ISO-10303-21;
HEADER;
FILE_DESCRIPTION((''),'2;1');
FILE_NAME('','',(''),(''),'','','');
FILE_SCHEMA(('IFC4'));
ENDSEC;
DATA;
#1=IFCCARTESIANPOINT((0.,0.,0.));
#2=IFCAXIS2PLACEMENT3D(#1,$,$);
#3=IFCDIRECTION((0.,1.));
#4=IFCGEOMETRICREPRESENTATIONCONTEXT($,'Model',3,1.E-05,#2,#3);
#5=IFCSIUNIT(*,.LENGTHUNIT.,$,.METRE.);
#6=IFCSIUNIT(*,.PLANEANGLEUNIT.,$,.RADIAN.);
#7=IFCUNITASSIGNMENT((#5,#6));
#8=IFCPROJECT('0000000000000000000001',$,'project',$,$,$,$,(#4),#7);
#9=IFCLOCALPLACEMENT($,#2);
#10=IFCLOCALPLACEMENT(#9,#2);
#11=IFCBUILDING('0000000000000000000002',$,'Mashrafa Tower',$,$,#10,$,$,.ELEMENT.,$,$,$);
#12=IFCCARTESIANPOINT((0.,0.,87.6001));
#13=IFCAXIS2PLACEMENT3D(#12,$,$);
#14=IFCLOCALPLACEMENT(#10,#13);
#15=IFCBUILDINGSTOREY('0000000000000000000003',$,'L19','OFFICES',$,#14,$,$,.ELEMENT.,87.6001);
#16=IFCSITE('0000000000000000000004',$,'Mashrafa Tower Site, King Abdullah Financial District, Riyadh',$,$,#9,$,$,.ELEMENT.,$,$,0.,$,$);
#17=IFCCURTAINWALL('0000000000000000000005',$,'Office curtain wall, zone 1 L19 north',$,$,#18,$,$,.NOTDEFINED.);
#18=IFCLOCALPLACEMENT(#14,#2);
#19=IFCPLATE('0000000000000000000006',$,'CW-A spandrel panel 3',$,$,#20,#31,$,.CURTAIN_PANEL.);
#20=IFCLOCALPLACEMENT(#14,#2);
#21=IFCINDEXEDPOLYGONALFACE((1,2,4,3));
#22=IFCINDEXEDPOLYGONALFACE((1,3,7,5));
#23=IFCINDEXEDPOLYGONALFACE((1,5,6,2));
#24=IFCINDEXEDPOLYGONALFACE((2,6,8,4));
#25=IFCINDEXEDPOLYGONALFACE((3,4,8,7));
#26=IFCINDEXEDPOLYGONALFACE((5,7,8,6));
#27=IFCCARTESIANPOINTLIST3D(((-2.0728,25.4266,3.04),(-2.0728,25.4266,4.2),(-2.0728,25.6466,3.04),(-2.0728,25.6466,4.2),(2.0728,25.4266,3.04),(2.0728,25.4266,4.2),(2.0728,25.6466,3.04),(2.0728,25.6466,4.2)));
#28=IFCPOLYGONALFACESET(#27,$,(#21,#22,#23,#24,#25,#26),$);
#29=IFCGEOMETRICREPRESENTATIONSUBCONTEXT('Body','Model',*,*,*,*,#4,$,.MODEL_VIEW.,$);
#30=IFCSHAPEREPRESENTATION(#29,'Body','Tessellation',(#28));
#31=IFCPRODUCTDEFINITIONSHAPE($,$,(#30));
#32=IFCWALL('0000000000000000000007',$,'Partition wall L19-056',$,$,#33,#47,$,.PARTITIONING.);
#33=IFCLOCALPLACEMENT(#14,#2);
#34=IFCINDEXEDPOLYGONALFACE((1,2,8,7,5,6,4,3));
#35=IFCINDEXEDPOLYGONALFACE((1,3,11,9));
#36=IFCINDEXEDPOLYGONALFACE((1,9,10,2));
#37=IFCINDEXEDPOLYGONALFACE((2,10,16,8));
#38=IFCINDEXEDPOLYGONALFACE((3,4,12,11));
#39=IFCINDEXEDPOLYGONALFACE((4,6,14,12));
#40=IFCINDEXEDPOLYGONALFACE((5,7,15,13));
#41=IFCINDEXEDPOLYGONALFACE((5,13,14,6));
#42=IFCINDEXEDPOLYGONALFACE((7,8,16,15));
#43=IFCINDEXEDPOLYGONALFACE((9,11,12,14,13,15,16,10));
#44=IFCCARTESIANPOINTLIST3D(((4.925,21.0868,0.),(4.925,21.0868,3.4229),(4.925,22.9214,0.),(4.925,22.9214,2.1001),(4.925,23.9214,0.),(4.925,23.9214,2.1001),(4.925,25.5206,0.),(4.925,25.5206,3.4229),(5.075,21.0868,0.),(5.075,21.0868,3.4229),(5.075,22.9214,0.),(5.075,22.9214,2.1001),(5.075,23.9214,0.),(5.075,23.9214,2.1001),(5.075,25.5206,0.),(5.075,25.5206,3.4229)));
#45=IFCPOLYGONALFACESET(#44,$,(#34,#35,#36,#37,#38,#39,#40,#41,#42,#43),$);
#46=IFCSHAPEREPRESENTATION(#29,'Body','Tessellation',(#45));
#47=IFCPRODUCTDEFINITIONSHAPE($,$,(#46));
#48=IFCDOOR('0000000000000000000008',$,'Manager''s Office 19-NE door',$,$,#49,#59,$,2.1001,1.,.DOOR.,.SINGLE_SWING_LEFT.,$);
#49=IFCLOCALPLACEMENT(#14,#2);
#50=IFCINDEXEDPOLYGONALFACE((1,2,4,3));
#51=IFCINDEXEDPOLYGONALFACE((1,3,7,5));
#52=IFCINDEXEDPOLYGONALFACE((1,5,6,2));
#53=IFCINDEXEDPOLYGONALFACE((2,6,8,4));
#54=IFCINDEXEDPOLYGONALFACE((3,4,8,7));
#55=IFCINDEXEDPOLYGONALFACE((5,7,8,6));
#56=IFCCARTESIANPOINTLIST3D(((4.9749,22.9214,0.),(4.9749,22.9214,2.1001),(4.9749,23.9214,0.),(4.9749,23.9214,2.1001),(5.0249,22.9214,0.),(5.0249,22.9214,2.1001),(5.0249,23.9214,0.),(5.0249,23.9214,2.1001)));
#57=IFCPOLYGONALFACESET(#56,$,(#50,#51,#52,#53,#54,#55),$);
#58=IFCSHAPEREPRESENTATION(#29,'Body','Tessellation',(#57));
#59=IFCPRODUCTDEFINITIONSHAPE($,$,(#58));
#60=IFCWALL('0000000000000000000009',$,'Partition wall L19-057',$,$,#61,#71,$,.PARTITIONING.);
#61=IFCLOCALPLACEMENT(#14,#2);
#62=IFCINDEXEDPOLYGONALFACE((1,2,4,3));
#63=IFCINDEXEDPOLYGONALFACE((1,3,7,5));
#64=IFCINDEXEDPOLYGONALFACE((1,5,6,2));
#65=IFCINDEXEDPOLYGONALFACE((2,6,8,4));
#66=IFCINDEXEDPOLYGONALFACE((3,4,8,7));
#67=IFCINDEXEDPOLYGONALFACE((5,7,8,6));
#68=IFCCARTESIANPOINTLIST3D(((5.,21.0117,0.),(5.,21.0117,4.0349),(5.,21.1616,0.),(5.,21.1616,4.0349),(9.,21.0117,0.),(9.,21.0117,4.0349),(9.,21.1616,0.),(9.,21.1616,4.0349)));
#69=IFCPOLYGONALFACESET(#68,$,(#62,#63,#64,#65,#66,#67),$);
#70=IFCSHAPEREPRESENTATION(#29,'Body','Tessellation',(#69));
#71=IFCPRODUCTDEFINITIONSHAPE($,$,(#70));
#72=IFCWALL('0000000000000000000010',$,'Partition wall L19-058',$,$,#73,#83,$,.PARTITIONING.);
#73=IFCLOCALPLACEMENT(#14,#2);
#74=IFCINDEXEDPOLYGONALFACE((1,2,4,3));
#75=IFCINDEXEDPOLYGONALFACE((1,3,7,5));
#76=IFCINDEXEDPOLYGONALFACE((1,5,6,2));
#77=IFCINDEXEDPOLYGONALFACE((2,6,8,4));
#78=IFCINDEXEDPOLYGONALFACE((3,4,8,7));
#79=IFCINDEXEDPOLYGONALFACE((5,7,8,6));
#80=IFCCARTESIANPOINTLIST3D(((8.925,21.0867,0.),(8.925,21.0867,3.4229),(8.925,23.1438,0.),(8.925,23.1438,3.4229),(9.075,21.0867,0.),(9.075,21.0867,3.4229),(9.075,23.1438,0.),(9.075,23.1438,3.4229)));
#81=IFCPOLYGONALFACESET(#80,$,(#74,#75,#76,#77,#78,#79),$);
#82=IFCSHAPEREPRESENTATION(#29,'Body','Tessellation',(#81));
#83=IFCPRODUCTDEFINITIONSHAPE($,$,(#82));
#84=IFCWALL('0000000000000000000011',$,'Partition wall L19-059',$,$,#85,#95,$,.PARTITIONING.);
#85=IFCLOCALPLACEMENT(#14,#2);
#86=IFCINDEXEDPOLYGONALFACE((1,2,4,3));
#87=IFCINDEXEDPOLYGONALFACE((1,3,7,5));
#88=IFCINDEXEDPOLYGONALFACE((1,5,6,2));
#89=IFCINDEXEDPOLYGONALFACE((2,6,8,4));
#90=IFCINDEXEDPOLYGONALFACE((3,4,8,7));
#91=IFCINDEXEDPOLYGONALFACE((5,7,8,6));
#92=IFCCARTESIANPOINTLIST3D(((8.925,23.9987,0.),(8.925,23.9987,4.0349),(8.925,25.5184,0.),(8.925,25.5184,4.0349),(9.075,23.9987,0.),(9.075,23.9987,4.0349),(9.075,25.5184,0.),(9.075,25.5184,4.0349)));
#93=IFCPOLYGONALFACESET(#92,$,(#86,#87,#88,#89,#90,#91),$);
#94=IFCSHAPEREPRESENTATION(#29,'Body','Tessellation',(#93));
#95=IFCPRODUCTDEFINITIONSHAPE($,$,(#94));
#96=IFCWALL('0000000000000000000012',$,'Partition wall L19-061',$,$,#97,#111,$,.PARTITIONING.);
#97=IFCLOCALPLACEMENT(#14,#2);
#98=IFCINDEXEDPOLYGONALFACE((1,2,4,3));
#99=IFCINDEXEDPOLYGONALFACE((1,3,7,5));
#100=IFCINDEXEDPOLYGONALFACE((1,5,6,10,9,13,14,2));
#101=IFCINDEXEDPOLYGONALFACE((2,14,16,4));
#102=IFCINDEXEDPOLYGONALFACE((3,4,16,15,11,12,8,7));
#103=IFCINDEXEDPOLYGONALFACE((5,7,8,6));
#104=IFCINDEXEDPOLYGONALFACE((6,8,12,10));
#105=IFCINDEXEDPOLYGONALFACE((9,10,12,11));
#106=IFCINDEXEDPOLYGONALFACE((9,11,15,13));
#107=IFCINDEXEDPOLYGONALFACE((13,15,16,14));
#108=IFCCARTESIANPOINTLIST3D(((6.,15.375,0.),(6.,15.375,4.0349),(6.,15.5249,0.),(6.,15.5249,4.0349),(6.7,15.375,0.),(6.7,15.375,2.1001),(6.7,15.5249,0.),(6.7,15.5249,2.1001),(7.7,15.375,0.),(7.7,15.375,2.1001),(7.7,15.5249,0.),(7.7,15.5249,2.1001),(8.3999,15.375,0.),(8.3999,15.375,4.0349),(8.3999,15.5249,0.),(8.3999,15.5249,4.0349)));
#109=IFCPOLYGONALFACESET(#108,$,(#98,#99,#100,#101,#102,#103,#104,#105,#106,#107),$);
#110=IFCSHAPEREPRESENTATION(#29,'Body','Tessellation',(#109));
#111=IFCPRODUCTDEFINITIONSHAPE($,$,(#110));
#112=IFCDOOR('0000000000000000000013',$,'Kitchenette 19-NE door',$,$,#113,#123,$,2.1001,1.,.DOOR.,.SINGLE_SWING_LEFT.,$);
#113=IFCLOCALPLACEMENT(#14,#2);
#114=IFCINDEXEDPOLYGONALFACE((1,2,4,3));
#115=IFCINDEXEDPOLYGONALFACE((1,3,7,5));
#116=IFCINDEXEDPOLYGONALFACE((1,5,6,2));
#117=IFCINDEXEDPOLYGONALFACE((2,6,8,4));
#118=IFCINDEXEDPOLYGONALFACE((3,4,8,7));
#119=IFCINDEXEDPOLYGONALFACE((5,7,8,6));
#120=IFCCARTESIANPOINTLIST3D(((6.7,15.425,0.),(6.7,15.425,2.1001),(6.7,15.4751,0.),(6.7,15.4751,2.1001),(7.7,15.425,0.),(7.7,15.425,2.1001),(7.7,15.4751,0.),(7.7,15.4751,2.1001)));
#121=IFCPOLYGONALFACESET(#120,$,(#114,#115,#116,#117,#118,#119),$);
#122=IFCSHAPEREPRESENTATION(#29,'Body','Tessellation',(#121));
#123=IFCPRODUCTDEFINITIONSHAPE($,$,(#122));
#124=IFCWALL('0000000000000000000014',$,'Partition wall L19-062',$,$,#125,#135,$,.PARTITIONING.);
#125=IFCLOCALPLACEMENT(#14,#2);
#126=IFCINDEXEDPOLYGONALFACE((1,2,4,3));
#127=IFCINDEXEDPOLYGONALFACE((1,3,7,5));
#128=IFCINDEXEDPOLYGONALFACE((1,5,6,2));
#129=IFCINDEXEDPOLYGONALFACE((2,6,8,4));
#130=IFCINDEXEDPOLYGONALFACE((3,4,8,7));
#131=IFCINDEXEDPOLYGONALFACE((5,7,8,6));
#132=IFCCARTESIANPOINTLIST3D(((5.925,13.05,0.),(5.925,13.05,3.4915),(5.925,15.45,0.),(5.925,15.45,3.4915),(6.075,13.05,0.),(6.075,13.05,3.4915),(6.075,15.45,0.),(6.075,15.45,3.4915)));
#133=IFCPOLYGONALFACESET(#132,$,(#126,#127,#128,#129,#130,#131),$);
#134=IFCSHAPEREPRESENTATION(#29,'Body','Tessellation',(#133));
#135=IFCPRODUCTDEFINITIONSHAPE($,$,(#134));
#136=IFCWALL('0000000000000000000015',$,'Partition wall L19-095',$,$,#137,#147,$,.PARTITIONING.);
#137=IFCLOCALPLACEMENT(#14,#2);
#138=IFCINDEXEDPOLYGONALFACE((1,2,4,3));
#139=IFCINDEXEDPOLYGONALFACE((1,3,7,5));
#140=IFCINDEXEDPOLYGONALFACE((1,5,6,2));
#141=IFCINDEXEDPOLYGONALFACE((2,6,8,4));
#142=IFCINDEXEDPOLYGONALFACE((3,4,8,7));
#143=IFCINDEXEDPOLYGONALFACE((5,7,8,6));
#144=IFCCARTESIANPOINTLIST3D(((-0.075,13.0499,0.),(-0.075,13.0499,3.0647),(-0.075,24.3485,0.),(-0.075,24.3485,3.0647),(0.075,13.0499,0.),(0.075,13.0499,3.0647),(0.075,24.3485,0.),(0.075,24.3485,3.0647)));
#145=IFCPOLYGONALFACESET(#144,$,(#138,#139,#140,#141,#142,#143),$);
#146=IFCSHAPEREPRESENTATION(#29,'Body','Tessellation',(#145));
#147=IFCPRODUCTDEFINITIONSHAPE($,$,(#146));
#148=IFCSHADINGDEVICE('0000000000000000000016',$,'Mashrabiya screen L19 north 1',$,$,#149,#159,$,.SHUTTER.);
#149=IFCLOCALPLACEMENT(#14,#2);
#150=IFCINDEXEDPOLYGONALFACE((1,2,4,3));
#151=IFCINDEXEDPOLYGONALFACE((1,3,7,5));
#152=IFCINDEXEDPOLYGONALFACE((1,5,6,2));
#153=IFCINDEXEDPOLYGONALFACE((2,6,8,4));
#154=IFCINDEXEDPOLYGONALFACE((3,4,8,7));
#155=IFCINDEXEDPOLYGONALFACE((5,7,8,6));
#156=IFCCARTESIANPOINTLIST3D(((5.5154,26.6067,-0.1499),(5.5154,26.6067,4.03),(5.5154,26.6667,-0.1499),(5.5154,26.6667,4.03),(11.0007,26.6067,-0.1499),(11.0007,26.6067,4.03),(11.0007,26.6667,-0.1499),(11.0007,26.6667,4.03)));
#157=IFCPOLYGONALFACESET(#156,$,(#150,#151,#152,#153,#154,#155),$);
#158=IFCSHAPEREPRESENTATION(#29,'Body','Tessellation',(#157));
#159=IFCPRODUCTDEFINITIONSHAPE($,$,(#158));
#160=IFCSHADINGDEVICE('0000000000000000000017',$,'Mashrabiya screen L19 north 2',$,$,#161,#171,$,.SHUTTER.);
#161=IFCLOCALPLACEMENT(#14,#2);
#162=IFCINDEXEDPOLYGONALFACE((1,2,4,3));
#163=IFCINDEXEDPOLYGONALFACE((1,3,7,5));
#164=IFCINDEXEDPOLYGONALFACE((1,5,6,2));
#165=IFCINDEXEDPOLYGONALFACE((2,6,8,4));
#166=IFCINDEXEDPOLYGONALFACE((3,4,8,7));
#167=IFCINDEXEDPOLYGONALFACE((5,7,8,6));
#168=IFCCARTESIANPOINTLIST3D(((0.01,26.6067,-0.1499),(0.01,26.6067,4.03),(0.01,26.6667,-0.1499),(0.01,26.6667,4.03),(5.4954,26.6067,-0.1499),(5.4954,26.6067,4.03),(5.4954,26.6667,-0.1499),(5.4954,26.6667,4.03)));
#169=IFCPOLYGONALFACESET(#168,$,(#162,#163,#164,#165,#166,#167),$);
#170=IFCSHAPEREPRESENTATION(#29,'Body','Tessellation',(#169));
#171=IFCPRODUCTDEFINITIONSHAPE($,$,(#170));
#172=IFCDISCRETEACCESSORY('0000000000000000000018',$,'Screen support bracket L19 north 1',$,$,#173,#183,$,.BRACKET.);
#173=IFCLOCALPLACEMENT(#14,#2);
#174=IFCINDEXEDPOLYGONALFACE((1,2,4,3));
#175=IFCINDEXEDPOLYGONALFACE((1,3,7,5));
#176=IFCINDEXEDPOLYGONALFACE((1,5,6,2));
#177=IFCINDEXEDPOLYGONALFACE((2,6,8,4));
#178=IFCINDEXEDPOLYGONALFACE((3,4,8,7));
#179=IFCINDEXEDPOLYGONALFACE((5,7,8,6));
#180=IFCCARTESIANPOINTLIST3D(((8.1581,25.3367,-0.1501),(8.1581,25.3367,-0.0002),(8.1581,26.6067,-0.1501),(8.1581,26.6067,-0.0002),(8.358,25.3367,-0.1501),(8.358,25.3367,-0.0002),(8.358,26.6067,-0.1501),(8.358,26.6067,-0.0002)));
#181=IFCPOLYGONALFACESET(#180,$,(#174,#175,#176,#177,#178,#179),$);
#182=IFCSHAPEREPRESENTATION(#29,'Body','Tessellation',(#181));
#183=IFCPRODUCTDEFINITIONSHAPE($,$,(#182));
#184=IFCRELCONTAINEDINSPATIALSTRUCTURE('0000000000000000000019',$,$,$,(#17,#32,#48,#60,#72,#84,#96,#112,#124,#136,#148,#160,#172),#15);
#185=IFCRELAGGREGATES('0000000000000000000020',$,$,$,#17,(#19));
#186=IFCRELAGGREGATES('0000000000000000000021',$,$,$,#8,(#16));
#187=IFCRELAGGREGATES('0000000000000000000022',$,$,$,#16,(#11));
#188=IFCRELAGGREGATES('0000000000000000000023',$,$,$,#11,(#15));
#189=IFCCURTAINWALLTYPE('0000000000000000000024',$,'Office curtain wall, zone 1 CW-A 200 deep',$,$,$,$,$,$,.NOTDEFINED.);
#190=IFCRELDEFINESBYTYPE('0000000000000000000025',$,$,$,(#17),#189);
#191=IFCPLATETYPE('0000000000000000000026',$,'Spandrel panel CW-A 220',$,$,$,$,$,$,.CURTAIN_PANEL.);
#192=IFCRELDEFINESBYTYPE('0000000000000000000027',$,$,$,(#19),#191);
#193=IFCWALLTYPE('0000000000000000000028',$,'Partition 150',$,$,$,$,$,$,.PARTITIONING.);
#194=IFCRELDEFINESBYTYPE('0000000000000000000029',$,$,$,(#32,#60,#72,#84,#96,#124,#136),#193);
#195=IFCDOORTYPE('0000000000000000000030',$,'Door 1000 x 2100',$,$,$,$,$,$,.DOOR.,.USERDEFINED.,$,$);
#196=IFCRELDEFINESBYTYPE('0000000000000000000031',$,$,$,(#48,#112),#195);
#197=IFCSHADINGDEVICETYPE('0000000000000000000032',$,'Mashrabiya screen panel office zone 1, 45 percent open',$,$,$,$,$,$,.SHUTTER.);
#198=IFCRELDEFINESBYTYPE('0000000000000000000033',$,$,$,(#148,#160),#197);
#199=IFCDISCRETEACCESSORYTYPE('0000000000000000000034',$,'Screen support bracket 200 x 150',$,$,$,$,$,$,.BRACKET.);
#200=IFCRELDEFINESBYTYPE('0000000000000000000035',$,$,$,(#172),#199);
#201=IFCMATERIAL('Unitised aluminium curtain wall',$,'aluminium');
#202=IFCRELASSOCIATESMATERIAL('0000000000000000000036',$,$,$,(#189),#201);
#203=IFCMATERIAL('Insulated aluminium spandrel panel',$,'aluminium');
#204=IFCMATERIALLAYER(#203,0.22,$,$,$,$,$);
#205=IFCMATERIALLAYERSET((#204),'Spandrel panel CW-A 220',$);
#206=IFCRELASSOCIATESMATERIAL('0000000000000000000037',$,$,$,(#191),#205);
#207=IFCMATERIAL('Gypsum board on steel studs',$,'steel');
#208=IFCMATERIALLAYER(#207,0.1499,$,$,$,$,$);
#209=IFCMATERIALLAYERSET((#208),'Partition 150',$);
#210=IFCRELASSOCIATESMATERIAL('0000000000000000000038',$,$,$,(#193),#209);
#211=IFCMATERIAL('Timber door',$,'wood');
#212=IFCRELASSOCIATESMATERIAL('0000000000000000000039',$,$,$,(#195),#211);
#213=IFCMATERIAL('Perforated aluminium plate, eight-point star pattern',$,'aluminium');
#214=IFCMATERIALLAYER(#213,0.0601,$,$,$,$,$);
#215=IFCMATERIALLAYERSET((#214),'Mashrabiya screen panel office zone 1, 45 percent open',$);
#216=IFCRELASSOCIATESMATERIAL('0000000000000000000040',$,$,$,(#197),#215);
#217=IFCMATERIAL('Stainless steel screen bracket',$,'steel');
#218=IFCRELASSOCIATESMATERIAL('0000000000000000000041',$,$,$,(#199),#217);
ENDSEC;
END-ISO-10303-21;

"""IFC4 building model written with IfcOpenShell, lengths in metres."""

from ifc_helpers import new_model, si_unit, direction, frame, frame_2d, origin, origin_2d, place, context, subcontext, project, spatial, rectangle, extrude, source, transform, mapped, material, layer, layer_set, type_object, type_shapes, element, fill, aggregate, save


model = new_model("IFC4")

# Units and contexts
model_context = context("Model", 3, precision=1e-05, world=origin(), true_north=direction((0.0, 1.0)))
body_context = subcontext(model_context, "Body", "Model", "MODEL_VIEW")
ifc_project = project(units=[si_unit("LENGTHUNIT", "METRE"), si_unit("PLANEANGLEUNIT", "RADIAN")], contexts=[model_context])

# Site, building, storey
site_placement = place(None, origin())
site = spatial("IfcSite", under=ifc_project, at=site_placement, Name="Mashrafa Tower Site, King Abdullah Financial District, Riyadh", CompositionType="ELEMENT", RefElevation=0.0)
building_placement = place(site_placement, origin())
building = spatial("IfcBuilding", under=site, at=building_placement, Name="Mashrafa Tower", CompositionType="ELEMENT")
storey_placement = place(building_placement, frame((0.0, 0.0, 87.6001)))
storey = spatial("IfcBuildingStorey", under=building, at=storey_placement, Name="L19", Description="OFFICES", CompositionType="ELEMENT", Elevation=87.6001)

# Shared definitions
ifc_material_1 = material(Name="Unitised aluminium curtain wall", Category="aluminium")
curtain_wall_type = type_object("IfcCurtainWallType", Name="Office curtain wall, zone 1 CW-A 200 deep", PredefinedType="NOTDEFINED", material=ifc_material_1)

# Curtain wall
curtain_wall_1_placement = place(storey_placement, origin())
curtain_wall_1 = element("IfcCurtainWall", 1, at=curtain_wall_1_placement, inside=storey, type_object=curtain_wall_type, Name="Office curtain wall, zone 1 L19 north", PredefinedType="NOTDEFINED")

# Plate
ifc_material_2 = material(Name="Insulated aluminium spandrel panel", Category="aluminium")
ifc_layer_1 = layer(ifc_material_2, 0.22)
ifc_layer_set_1 = layer_set([ifc_layer_1], Name="Spandrel panel CW-A 220")
plate_type_1 = type_object("IfcPlateType", Name="Spandrel panel CW-A 220", PredefinedType="CURTAIN_PANEL", material=ifc_layer_set_1)
shared_shape_1 = source(origin(), body_context, "Body", "SweptSolid", [
    extrude(rectangle(XDim=4.1455, YDim=0.22, at=origin_2d()), origin(), (0.0, 0.0, 1.0), 1.1599),
])
plate_1_placement = place(storey_placement, frame((0.0, 25.5366, 3.04), z_axis=(0.0, 0.0, 1.0), x_axis=(-1.0, 0.0, 0.0)))
plate_1 = element("IfcPlate", 2, at=plate_1_placement, type_object=plate_type_1, Name="CW-A spandrel panel 3", PredefinedType="CURTAIN_PANEL", context=body_context, shape_type="MappedRepresentation", body=[
    mapped(shared_shape_1, transform((0.0, 0.0, 0.0))),
])
aggregate(curtain_wall_1, [plate_1])

# Wall, opening, door
ifc_material_3 = material(Name="Gypsum board on steel studs", Category="steel")
ifc_layer_2 = layer(ifc_material_3, 0.1499)
ifc_layer_set_2 = layer_set([ifc_layer_2], Name="Partition 150")
wall_type = type_object("IfcWallType", Name="Partition 150", PredefinedType="PARTITIONING", material=ifc_layer_set_2)
wall_1_placement = place(storey_placement, frame((5.0, 25.5205, 0.0), z_axis=(0.0, 0.0, 1.0), x_axis=(0.0, -1.0, 0.0)))
wall_1 = element("IfcWall", 3, at=wall_1_placement, inside=storey, type_object=wall_type, Name="Partition wall L19-056", PredefinedType="PARTITIONING", context=body_context, shape_type="SweptSolid", body=[
    extrude(rectangle(XDim=4.4338, YDim=0.1499, at=frame_2d((2.2168, 0.0))), origin(), (0.0, 0.0, 1.0), 3.4229),
])
opening_1_placement = place(wall_1_placement, frame((1.5991, 0.0, 0.0)))
opening_1 = element("IfcOpeningElement", 4, at=opening_1_placement, cuts=wall_1, PredefinedType="OPENING", context=body_context, shape_type="SweptSolid", body=[
    extrude(rectangle(XDim=1.0, YDim=2.1001, at=frame_2d((0.5, 1.05))), frame((0.0, 0.085, 0.0), z_axis=(0.0, -1.0, 0.0), x_axis=(1.0, 0.0, 0.0)), (0.0, 0.0, 1.0), 0.1699),
])
ifc_material_4 = material(Name="Timber door", Category="wood")
door_type = type_object("IfcDoorType", Name="Door 1000 x 2100", OperationType="USERDEFINED", PredefinedType="DOOR", material=ifc_material_4)
door_1_placement = place(opening_1_placement, origin())
door_1 = element("IfcDoor", 5, at=door_1_placement, inside=storey, type_object=door_type, Name="Manager's Office 19-NE door", OperationType="SINGLE_SWING_LEFT", OverallHeight=2.1001, OverallWidth=1.0, PredefinedType="DOOR", context=body_context, shape_type="SweptSolid", body=[
    extrude(rectangle(XDim=1.0, YDim=2.1001, at=frame_2d((0.5, 1.05))), frame((0.0, 0.0249, 0.0), z_axis=(0.0, -1.0, 0.0), x_axis=(1.0, 0.0, 0.0)), (0.0, 0.0, 1.0), 0.05),
])
fill(opening_1, door_1)

# Walls
wall_2_placement = place(storey_placement, frame((5.0, 21.0867, 0.0), z_axis=(0.0, 0.0, 1.0), x_axis=(1.0, 0.0, 0.0)))
element("IfcWall", 6, at=wall_2_placement, inside=storey, type_object=wall_type, Name="Partition wall L19-057", PredefinedType="PARTITIONING", context=body_context, shape_type="SweptSolid", body=[
    extrude(rectangle(XDim=4.0, YDim=0.1499, at=frame_2d((2.0, 0.0))), origin(), (0.0, 0.0, 1.0), 4.0349),
])
wall_3_placement = place(storey_placement, frame((9.0, 21.0867, 0.0), z_axis=(0.0, 0.0, 1.0), x_axis=(0.0, 1.0, 0.0)))
element("IfcWall", 7, at=wall_3_placement, inside=storey, type_object=wall_type, Name="Partition wall L19-058", PredefinedType="PARTITIONING", context=body_context, shape_type="SweptSolid", body=[
    extrude(rectangle(XDim=2.0571, YDim=0.1499, at=frame_2d((1.0286, 0.0))), origin(), (0.0, 0.0, 1.0), 3.4229),
])
wall_4_placement = place(storey_placement, frame((9.0, 23.9988, 0.0), z_axis=(0.0, 0.0, 1.0), x_axis=(0.0, 1.0, 0.0)))
element("IfcWall", 8, at=wall_4_placement, inside=storey, type_object=wall_type, Name="Partition wall L19-059", PredefinedType="PARTITIONING", context=body_context, shape_type="SweptSolid", body=[
    extrude(rectangle(XDim=1.5198, YDim=0.1499, at=frame_2d((0.7598, 0.0))), origin(), (0.0, 0.0, 1.0), 4.0349),
])

# Wall, opening, door
wall_5_placement = place(storey_placement, frame((8.3999, 15.45, 0.0), z_axis=(0.0, 0.0, 1.0), x_axis=(-1.0, 0.0, 0.0)))
wall_5 = element("IfcWall", 9, at=wall_5_placement, inside=storey, type_object=wall_type, Name="Partition wall L19-061", PredefinedType="PARTITIONING", context=body_context, shape_type="SweptSolid", body=[
    extrude(rectangle(XDim=2.3999, YDim=0.1499, at=frame_2d((1.2, 0.0))), origin(), (0.0, 0.0, 1.0), 4.0349),
])
opening_2_placement = place(wall_5_placement, frame((0.7, 0.0, 0.0)))
opening_2 = element("IfcOpeningElement", 10, at=opening_2_placement, cuts=wall_5, PredefinedType="OPENING", context=body_context, shape_type="SweptSolid", body=[
    extrude(rectangle(XDim=1.0, YDim=2.1001, at=frame_2d((0.5, 1.05))), frame((0.0, 0.085, 0.0), z_axis=(0.0, -1.0, 0.0), x_axis=(1.0, 0.0, 0.0)), (0.0, 0.0, 1.0), 0.1699),
])
door_2_placement = place(opening_2_placement, origin())
door_2 = element("IfcDoor", 11, at=door_2_placement, inside=storey, type_object=door_type, Name="Kitchenette 19-NE door", OperationType="SINGLE_SWING_LEFT", OverallHeight=2.1001, OverallWidth=1.0, PredefinedType="DOOR", context=body_context, shape_type="SweptSolid", body=[
    extrude(rectangle(XDim=1.0, YDim=2.1001, at=frame_2d((0.5, 1.05))), frame((0.0, 0.0249, 0.0), z_axis=(0.0, -1.0, 0.0), x_axis=(1.0, 0.0, 0.0)), (0.0, 0.0, 1.0), 0.05),
])
fill(opening_2, door_2)

# Walls
wall_6_placement = place(storey_placement, frame((6.0, 15.45, 0.0), z_axis=(0.0, 0.0, 1.0), x_axis=(0.0, -1.0, 0.0)))
element("IfcWall", 12, at=wall_6_placement, inside=storey, type_object=wall_type, Name="Partition wall L19-062", PredefinedType="PARTITIONING", context=body_context, shape_type="SweptSolid", body=[
    extrude(rectangle(XDim=2.3999, YDim=0.1499, at=frame_2d((1.2, 0.0))), origin(), (0.0, 0.0, 1.0), 3.4915),
])
wall_7_placement = place(storey_placement, frame((0.0, 24.3486, 0.0), z_axis=(0.0, 0.0, 1.0), x_axis=(0.0, -1.0, 0.0)))
element("IfcWall", 13, at=wall_7_placement, inside=storey, type_object=wall_type, Name="Partition wall L19-095", PredefinedType="PARTITIONING", context=body_context, shape_type="SweptSolid", body=[
    extrude(rectangle(XDim=11.2986, YDim=0.1499, at=frame_2d((5.6494, 0.0))), origin(), (0.0, 0.0, 1.0), 3.0647),
])

# Shading devices
ifc_material_5 = material(Name="Perforated aluminium plate, eight-point star pattern", Category="aluminium")
ifc_layer_3 = layer(ifc_material_5, 0.0601)
ifc_layer_set_3 = layer_set([ifc_layer_3], Name="Mashrabiya screen panel office zone 1, 45 percent open")
shading_device_type = type_object("IfcShadingDeviceType", Name="Mashrabiya screen panel office zone 1, 45 percent open", PredefinedType="SHUTTER", material=ifc_layer_set_3)
shared_shape_2 = source(origin(), body_context, "Body", "SweptSolid", [
    extrude(rectangle(XDim=5.4854, YDim=0.0601, at=origin_2d()), origin(), (0.0, 0.0, 1.0), 4.1799),
])
type_shapes(shading_device_type, [shared_shape_2])
for number, where, z_axis, x_axis, name in (
    (14, (8.2581, 26.6367, -0.1499), (0.0, 0.0, 1.0), (-1.0, 0.0, 0.0), "Mashrabiya screen L19 north 1"),
    (15, (2.7527, 26.6367, -0.1499), (0.0, 0.0, 1.0), (-1.0, 0.0, 0.0), "Mashrabiya screen L19 north 2"),
):
    element("IfcShadingDevice", number, at=place(storey_placement, frame(where, z_axis=z_axis, x_axis=x_axis)), inside=storey, type_object=shading_device_type, Name=name, PredefinedType="SHUTTER", context=body_context, shape_type="MappedRepresentation", body=[
        mapped(shared_shape_2, transform((0.0, 0.0, 0.0))),
    ])

# Discrete accessory
ifc_material_6 = material(Name="Stainless steel screen bracket", Category="steel")
discrete_accessory_type = type_object("IfcDiscreteAccessoryType", Name="Screen support bracket 200 x 150", PredefinedType="BRACKET", material=ifc_material_6)
shared_shape_3 = source(origin(), body_context, "Body", "SweptSolid", [
    extrude(rectangle(XDim=0.2, YDim=1.27, at=origin_2d()), origin(), (0.0, 0.0, 1.0), 0.1499),
])
type_shapes(discrete_accessory_type, [shared_shape_3])
for number, where, z_axis, x_axis, name in (
    (16, (8.2581, 25.9717, -0.1501), (0.0, 0.0, 1.0), (-1.0, 0.0, 0.0), "Screen support bracket L19 north 1"),
):
    element("IfcDiscreteAccessory", number, at=place(storey_placement, frame(where, z_axis=z_axis, x_axis=x_axis)), inside=storey, type_object=discrete_accessory_type, Name=name, PredefinedType="BRACKET", context=body_context, shape_type="MappedRepresentation", body=[
        mapped(shared_shape_3, transform((0.0, 0.0, 0.0))),
    ])

save(model, "model.ifc")
